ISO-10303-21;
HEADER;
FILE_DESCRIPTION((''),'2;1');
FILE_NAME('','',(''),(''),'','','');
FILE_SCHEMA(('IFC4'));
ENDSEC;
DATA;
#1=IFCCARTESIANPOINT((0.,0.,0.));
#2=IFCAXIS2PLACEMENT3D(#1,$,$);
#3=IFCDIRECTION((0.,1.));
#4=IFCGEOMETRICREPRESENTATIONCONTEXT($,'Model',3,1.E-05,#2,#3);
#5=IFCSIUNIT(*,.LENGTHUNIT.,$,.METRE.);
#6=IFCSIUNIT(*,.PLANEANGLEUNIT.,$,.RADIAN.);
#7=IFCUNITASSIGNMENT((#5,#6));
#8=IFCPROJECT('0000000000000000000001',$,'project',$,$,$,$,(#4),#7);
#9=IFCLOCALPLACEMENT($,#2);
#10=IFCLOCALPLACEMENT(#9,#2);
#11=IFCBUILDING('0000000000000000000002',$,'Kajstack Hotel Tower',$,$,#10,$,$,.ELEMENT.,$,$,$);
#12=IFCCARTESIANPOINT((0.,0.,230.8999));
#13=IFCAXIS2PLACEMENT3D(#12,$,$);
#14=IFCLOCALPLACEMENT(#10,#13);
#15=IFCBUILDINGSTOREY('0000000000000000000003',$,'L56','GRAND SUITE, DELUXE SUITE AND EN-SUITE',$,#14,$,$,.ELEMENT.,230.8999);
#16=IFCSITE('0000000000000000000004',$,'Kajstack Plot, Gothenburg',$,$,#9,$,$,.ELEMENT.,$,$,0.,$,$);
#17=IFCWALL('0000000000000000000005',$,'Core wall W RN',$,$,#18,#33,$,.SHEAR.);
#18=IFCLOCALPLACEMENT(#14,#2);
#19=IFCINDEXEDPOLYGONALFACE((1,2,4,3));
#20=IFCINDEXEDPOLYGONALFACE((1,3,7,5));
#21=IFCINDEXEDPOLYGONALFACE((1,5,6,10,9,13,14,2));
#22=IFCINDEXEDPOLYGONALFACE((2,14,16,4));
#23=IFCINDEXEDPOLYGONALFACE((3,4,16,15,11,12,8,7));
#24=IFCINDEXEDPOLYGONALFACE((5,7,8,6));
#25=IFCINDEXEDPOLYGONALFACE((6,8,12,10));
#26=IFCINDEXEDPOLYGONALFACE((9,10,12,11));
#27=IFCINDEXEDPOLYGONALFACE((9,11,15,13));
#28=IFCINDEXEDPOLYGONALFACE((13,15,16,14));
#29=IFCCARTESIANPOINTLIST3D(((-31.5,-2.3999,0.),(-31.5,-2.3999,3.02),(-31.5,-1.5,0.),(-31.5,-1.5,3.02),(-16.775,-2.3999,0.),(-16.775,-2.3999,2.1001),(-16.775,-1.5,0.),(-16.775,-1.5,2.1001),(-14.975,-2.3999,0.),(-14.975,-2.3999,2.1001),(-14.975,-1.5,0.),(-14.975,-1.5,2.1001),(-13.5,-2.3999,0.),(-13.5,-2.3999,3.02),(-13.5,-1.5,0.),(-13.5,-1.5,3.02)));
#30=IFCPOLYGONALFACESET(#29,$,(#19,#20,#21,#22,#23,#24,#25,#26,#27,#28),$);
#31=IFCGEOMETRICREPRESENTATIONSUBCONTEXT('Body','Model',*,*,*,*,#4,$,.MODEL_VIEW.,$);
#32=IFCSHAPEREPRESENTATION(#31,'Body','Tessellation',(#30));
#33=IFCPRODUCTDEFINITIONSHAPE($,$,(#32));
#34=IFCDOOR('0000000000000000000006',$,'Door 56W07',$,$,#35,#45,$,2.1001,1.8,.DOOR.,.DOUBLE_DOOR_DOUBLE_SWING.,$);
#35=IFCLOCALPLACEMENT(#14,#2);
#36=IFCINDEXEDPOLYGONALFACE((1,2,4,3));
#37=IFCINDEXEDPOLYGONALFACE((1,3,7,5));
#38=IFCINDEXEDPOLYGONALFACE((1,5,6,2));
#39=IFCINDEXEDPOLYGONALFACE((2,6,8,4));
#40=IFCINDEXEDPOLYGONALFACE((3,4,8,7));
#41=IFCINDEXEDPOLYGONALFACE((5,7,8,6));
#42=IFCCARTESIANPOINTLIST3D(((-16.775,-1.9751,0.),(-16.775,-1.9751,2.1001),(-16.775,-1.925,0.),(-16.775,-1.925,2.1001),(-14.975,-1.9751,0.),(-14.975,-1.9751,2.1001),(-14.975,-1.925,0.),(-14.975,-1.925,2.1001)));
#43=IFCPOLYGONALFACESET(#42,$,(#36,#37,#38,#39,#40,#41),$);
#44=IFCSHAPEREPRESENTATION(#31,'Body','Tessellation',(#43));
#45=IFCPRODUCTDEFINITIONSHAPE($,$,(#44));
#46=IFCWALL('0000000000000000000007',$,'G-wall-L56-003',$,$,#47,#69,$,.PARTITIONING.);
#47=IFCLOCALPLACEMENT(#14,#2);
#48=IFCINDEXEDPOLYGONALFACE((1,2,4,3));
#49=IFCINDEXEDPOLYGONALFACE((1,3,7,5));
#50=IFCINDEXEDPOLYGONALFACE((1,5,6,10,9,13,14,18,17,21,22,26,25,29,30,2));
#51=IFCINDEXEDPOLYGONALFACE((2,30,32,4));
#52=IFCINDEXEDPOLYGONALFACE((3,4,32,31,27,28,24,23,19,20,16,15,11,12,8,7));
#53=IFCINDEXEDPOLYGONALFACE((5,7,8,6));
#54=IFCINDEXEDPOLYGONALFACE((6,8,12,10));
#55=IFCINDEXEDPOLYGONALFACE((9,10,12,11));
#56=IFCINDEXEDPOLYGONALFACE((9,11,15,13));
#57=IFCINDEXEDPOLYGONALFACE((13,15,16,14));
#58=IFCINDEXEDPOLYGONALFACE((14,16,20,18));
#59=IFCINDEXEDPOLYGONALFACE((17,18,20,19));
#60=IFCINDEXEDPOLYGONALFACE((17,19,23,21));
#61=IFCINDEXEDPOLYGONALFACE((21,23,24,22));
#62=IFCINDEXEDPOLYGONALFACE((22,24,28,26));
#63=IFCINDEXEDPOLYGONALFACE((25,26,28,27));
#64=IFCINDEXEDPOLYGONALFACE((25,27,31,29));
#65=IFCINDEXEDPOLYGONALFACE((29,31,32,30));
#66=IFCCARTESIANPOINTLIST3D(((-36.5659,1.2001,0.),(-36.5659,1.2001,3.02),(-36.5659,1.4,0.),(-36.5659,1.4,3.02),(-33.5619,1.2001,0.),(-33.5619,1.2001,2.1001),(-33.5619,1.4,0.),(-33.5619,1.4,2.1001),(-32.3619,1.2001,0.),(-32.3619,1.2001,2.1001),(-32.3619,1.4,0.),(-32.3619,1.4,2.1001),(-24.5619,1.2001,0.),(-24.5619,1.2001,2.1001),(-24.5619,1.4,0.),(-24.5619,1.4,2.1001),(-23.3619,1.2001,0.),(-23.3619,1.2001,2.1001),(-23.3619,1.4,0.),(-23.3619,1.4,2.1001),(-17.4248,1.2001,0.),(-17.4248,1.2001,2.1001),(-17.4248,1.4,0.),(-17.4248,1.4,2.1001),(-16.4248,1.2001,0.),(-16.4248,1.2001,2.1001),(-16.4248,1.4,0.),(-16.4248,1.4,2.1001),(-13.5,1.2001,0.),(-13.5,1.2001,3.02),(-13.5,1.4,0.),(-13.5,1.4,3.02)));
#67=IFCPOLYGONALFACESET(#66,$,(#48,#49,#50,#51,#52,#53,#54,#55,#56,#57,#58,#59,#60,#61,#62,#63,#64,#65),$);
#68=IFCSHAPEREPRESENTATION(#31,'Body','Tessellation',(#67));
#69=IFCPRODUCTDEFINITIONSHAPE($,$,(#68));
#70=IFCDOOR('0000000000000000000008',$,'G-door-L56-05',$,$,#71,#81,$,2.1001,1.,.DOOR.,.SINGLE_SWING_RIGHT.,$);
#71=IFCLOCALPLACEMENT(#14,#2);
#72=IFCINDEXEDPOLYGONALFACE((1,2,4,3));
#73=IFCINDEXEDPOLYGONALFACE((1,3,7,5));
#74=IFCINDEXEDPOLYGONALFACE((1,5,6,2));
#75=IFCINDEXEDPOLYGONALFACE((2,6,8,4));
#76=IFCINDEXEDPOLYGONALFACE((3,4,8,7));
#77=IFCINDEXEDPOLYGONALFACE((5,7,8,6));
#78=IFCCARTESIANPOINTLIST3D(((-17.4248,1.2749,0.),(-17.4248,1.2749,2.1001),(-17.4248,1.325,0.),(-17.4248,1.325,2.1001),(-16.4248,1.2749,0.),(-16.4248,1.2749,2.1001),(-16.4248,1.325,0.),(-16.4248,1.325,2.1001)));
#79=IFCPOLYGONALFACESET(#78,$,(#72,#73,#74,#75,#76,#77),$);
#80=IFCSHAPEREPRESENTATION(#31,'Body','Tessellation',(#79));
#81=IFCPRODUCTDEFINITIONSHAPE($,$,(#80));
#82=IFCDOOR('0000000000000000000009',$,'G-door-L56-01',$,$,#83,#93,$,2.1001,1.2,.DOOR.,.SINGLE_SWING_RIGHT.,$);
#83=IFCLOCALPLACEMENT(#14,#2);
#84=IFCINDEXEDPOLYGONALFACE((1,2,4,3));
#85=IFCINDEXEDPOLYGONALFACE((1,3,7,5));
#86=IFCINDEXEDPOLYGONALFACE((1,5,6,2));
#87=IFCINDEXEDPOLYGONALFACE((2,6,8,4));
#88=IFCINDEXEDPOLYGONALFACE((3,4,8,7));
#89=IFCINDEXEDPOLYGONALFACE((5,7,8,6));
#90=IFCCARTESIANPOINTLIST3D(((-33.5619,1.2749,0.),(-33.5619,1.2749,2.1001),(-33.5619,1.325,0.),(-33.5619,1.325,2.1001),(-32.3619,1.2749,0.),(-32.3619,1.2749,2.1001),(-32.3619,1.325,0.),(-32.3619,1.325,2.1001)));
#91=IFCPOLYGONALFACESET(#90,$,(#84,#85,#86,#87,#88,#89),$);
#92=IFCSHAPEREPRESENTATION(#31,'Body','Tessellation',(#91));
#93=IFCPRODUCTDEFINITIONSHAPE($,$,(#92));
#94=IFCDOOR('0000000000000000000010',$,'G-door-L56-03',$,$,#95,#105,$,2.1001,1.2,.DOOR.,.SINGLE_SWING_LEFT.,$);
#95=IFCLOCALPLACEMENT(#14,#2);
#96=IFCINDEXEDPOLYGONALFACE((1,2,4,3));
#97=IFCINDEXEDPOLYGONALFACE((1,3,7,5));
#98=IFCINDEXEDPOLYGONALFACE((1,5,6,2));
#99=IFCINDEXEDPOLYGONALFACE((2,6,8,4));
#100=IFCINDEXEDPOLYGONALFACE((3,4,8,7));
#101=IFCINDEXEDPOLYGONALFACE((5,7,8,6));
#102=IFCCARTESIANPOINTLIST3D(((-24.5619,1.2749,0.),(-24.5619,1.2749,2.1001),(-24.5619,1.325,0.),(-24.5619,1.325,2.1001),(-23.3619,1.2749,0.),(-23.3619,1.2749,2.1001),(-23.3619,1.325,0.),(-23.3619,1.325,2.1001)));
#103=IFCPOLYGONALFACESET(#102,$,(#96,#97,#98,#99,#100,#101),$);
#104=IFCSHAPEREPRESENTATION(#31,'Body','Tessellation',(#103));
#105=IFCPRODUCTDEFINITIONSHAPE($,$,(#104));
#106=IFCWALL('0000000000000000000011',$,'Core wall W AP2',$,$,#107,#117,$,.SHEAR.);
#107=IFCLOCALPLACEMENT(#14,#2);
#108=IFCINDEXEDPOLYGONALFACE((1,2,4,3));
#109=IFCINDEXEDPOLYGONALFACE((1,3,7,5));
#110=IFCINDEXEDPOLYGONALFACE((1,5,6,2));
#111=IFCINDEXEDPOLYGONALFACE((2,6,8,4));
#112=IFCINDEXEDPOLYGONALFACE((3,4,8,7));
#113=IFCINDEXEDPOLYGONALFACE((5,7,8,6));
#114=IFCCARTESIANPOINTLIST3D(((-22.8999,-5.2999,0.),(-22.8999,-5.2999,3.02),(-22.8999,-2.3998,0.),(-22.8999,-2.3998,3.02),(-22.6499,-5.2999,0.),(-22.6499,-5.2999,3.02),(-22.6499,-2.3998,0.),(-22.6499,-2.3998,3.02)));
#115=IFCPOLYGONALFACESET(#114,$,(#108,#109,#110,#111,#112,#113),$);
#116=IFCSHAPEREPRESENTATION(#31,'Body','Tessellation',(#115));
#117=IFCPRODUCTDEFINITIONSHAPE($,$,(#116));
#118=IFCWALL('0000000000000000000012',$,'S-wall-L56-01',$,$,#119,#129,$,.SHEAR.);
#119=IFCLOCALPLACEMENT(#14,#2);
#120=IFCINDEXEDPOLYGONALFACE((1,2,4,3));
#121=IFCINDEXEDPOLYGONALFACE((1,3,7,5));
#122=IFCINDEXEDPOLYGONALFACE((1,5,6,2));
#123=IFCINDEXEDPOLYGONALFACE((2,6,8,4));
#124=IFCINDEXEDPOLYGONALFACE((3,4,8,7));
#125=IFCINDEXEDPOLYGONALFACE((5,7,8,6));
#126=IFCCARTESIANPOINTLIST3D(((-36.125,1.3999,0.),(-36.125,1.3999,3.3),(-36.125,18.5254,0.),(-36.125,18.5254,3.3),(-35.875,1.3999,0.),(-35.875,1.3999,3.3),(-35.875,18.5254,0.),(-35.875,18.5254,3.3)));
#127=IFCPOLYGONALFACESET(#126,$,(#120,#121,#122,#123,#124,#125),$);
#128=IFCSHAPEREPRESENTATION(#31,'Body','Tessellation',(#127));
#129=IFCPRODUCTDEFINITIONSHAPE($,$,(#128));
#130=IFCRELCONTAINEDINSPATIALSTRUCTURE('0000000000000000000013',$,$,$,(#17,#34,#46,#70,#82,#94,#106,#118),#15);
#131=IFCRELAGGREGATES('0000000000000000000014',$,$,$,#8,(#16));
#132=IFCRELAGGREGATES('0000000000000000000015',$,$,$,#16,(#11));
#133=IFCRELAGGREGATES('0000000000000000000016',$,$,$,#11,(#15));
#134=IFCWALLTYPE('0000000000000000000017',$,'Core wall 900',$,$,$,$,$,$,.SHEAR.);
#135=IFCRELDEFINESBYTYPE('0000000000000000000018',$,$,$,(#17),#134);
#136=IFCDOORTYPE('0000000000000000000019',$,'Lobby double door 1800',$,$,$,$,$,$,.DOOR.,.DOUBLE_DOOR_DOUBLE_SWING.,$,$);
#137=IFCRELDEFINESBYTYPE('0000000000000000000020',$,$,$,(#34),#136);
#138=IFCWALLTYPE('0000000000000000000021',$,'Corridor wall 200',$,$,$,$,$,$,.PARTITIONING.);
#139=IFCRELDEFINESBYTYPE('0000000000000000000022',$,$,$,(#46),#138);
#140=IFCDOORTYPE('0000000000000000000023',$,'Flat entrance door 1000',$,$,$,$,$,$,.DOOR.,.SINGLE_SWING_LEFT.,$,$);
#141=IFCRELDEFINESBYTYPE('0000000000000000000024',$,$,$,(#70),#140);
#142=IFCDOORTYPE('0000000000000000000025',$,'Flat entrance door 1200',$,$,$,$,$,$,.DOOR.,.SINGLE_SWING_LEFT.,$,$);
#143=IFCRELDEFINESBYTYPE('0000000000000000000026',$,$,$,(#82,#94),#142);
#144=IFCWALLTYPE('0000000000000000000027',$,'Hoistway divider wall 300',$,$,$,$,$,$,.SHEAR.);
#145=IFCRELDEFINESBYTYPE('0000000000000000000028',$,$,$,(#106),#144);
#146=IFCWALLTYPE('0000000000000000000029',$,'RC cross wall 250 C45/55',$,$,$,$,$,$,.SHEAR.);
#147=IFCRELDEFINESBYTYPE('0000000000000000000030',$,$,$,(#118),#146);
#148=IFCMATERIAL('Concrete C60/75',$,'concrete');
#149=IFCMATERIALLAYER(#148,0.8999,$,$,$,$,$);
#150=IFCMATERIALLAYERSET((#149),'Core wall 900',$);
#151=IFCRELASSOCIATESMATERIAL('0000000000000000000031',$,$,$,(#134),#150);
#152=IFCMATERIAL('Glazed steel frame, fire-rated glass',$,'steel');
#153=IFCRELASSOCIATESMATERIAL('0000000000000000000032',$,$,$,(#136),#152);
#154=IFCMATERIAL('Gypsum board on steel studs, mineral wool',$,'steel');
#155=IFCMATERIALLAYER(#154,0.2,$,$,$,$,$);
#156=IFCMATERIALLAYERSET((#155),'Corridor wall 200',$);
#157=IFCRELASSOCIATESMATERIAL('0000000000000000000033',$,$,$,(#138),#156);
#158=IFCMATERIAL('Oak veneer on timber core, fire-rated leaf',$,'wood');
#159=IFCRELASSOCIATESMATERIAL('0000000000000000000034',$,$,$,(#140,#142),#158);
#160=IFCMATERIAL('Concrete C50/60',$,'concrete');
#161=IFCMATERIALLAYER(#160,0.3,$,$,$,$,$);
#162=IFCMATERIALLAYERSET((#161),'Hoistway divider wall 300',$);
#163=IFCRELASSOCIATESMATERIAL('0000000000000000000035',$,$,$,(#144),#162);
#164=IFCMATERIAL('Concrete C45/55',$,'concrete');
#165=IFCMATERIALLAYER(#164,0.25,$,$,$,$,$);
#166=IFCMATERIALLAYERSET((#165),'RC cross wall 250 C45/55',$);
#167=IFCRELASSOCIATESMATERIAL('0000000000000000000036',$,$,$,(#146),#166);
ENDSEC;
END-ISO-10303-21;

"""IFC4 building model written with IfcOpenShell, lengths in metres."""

from ifc_helpers import new_model, si_unit, direction, frame, frame_2d, origin, place, context, subcontext, project, spatial, rectangle, extrude, material, layer, layer_set, type_object, element, fill, save


model = new_model("IFC4")

# Units and contexts
model_context = context("Model", 3, precision=1e-05, world=origin(), true_north=direction((0.0, 1.0)))
body_context = subcontext(model_context, "Body", "Model", "MODEL_VIEW")
ifc_project = project(units=[si_unit("LENGTHUNIT", "METRE"), si_unit("PLANEANGLEUNIT", "RADIAN")], contexts=[model_context])

# Site, building, storey
site_placement = place(None, origin())
site = spatial("IfcSite", under=ifc_project, at=site_placement, Name="Kajstack Plot, Gothenburg", CompositionType="ELEMENT", RefElevation=0.0)
building_placement = place(site_placement, origin())
building = spatial("IfcBuilding", under=site, at=building_placement, Name="Kajstack Hotel Tower", CompositionType="ELEMENT")
storey_placement = place(building_placement, frame((0.0, 0.0, 230.8999)))
storey = spatial("IfcBuildingStorey", under=building, at=storey_placement, Name="L56", Description="GRAND SUITE, DELUXE SUITE AND EN-SUITE", CompositionType="ELEMENT", Elevation=230.8999)

# Wall, opening, door
ifc_material_1 = material(Name="Concrete C60/75", Category="concrete")
ifc_layer_1 = layer(ifc_material_1, 0.8999)
ifc_layer_set_1 = layer_set([ifc_layer_1], Name="Core wall 900")
wall_type_1 = type_object("IfcWallType", Name="Core wall 900", PredefinedType="SHEAR", material=ifc_layer_set_1)
wall_1_placement = place(storey_placement, frame((-31.5, -1.95, 0.0), z_axis=(0.0, 0.0, 1.0), x_axis=(1.0, 0.0, 0.0)))
wall_1 = element("IfcWall", 1, at=wall_1_placement, inside=storey, type_object=wall_type_1, Name="Core wall W RN", PredefinedType="SHEAR", context=body_context, shape_type="SweptSolid", body=[
    extrude(rectangle(XDim=18.0, YDim=0.8999, at=frame_2d((9.0, 0.0))), origin(), (0.0, 0.0, 1.0), 3.02),
])
opening_1_placement = place(wall_1_placement, frame((14.7251, 0.0, 0.0)))
opening_1 = element("IfcOpeningElement", 2, at=opening_1_placement, cuts=wall_1, PredefinedType="OPENING", context=body_context, shape_type="SweptSolid", body=[
    extrude(rectangle(XDim=1.8, YDim=2.1001, at=frame_2d((0.8999, 1.05))), frame((0.0, 0.46, 0.0), z_axis=(0.0, -1.0, 0.0), x_axis=(1.0, 0.0, 0.0)), (0.0, 0.0, 1.0), 0.9199),
])
ifc_material_2 = material(Name="Glazed steel frame, fire-rated glass", Category="steel")
door_type_1 = type_object("IfcDoorType", Name="Lobby double door 1800", OperationType="DOUBLE_DOOR_DOUBLE_SWING", PredefinedType="DOOR", material=ifc_material_2)
door_1_placement = place(opening_1_placement, origin())
door_1 = element("IfcDoor", 3, at=door_1_placement, inside=storey, type_object=door_type_1, Name="Door 56W07", OperationType="DOUBLE_DOOR_DOUBLE_SWING", OverallHeight=2.1001, OverallWidth=1.8, PredefinedType="DOOR", context=body_context, shape_type="SweptSolid", body=[
    extrude(rectangle(XDim=1.8, YDim=2.1001, at=frame_2d((0.8999, 1.05))), frame((0.0, 0.0249, 0.0), z_axis=(0.0, -1.0, 0.0), x_axis=(1.0, 0.0, 0.0)), (0.0, 0.0, 1.0), 0.05),
])
fill(opening_1, door_1)

# Wall, openings, doors
ifc_material_3 = material(Name="Gypsum board on steel studs, mineral wool", Category="steel")
ifc_layer_2 = layer(ifc_material_3, 0.2)
ifc_layer_set_2 = layer_set([ifc_layer_2], Name="Corridor wall 200")
wall_type_2 = type_object("IfcWallType", Name="Corridor wall 200", PredefinedType="PARTITIONING", material=ifc_layer_set_2)
wall_2_placement = place(storey_placement, frame((-36.5659, 1.3, 0.0), z_axis=(0.0, 0.0, 1.0), x_axis=(1.0, 0.0, 0.0)))
wall_2 = element("IfcWall", 4, at=wall_2_placement, inside=storey, type_object=wall_type_2, Name="G-wall-L56-003", PredefinedType="PARTITIONING", context=body_context, shape_type="SweptSolid", body=[
    extrude(rectangle(XDim=23.0659, YDim=0.2, at=frame_2d((11.533, 0.0))), origin(), (0.0, 0.0, 1.0), 3.02),
])
opening_2_placement = place(wall_2_placement, frame((3.0039, 0.0, 0.0)))
opening_2 = element("IfcOpeningElement", 5, at=opening_2_placement, cuts=wall_2, PredefinedType="OPENING", context=body_context, shape_type="SweptSolid", body=[
    extrude(rectangle(XDim=1.2, YDim=2.1001, at=frame_2d((0.6001, 1.05))), frame((0.0, 0.1099, 0.0), z_axis=(0.0, -1.0, 0.0), x_axis=(1.0, 0.0, 0.0)), (0.0, 0.0, 1.0), 0.22),
])
opening_3_placement = place(wall_2_placement, frame((12.0039, 0.0, 0.0)))
opening_3 = element("IfcOpeningElement", 6, at=opening_3_placement, cuts=wall_2, PredefinedType="OPENING", context=body_context, shape_type="SweptSolid", body=[
    extrude(rectangle(XDim=1.2, YDim=2.1001, at=frame_2d((0.6001, 1.05))), frame((0.0, 0.1099, 0.0), z_axis=(0.0, -1.0, 0.0), x_axis=(1.0, 0.0, 0.0)), (0.0, 0.0, 1.0), 0.22),
])
opening_4_placement = place(wall_2_placement, frame((19.1411, 0.0, 0.0)))
opening_4 = element("IfcOpeningElement", 7, at=opening_4_placement, cuts=wall_2, PredefinedType="OPENING", context=body_context, shape_type="SweptSolid", body=[
    extrude(rectangle(XDim=1.0, YDim=2.1001, at=frame_2d((0.5, 1.05))), frame((0.0, 0.1099, 0.0), z_axis=(0.0, -1.0, 0.0), x_axis=(1.0, 0.0, 0.0)), (0.0, 0.0, 1.0), 0.22),
])
ifc_material_4 = material(Name="Oak veneer on timber core, fire-rated leaf", Category="wood")
door_type_2 = type_object("IfcDoorType", Name="Flat entrance door 1000", OperationType="SINGLE_SWING_LEFT", PredefinedType="DOOR", material=ifc_material_4)
door_2_placement = place(opening_4_placement, origin())
door_2 = element("IfcDoor", 8, at=door_2_placement, inside=storey, type_object=door_type_2, Name="G-door-L56-05", OperationType="SINGLE_SWING_RIGHT", OverallHeight=2.1001, OverallWidth=1.0, PredefinedType="DOOR", context=body_context, shape_type="SweptSolid", body=[
    extrude(rectangle(XDim=1.0, YDim=2.1001, at=frame_2d((0.5, 1.05))), frame((0.0, 0.0249, 0.0), z_axis=(0.0, -1.0, 0.0), x_axis=(1.0, 0.0, 0.0)), (0.0, 0.0, 1.0), 0.05),
])
fill(opening_4, door_2)
door_type_3 = type_object("IfcDoorType", Name="Flat entrance door 1200", OperationType="SINGLE_SWING_LEFT", PredefinedType="DOOR", material=ifc_material_4)
door_3_placement = place(opening_2_placement, origin())
door_3 = element("IfcDoor", 9, at=door_3_placement, inside=storey, type_object=door_type_3, Name="G-door-L56-01", OperationType="SINGLE_SWING_RIGHT", OverallHeight=2.1001, OverallWidth=1.2, PredefinedType="DOOR", context=body_context, shape_type="SweptSolid", body=[
    extrude(rectangle(XDim=1.2, YDim=2.1001, at=frame_2d((0.6001, 1.05))), frame((0.0, 0.0249, 0.0), z_axis=(0.0, -1.0, 0.0), x_axis=(1.0, 0.0, 0.0)), (0.0, 0.0, 1.0), 0.05),
])
fill(opening_2, door_3)
door_4_placement = place(opening_3_placement, origin())
door_4 = element("IfcDoor", 10, at=door_4_placement, inside=storey, type_object=door_type_3, Name="G-door-L56-03", OperationType="SINGLE_SWING_LEFT", OverallHeight=2.1001, OverallWidth=1.2, PredefinedType="DOOR", context=body_context, shape_type="SweptSolid", body=[
    extrude(rectangle(XDim=1.2, YDim=2.1001, at=frame_2d((0.6001, 1.05))), frame((0.0, 0.0249, 0.0), z_axis=(0.0, -1.0, 0.0), x_axis=(1.0, 0.0, 0.0)), (0.0, 0.0, 1.0), 0.05),
])
fill(opening_3, door_4)

# Walls
ifc_material_5 = material(Name="Concrete C50/60", Category="concrete")
ifc_layer_3 = layer(ifc_material_5, 0.3)
ifc_layer_set_3 = layer_set([ifc_layer_3], Name="Hoistway divider wall 300")
wall_type_3 = type_object("IfcWallType", Name="Hoistway divider wall 300", PredefinedType="SHEAR", material=ifc_layer_set_3)
wall_3_placement = place(storey_placement, frame((-22.7749, -5.3, 0.0), z_axis=(0.0, 0.0, 1.0), x_axis=(0.0, 1.0, 0.0)))
element("IfcWall", 11, at=wall_3_placement, inside=storey, type_object=wall_type_3, Name="Core wall W AP2", PredefinedType="SHEAR", context=body_context, shape_type="SweptSolid", body=[
    extrude(rectangle(XDim=2.9001, YDim=0.25, at=frame_2d((1.4502, 0.0))), origin(), (0.0, 0.0, 1.0), 3.02),
])
ifc_material_6 = material(Name="Concrete C45/55", Category="concrete")
ifc_layer_4 = layer(ifc_material_6, 0.25)
ifc_layer_set_4 = layer_set([ifc_layer_4], Name="RC cross wall 250 C45/55")
wall_type_4 = type_object("IfcWallType", Name="RC cross wall 250 C45/55", PredefinedType="SHEAR", material=ifc_layer_set_4)
wall_4_placement = place(storey_placement, frame((-36.0, 1.3999, 0.0), z_axis=(0.0, 0.0, 1.0), x_axis=(0.0, 1.0, 0.0)))
element("IfcWall", 12, at=wall_4_placement, inside=storey, type_object=wall_type_4, Name="S-wall-L56-01", PredefinedType="SHEAR", context=body_context, shape_type="SweptSolid", body=[
    extrude(rectangle(XDim=17.1255, YDim=0.25, at=frame_2d((8.5627, 0.0))), origin(), (0.0, 0.0, 1.0), 3.3),
])

save(model, "model.ifc")
